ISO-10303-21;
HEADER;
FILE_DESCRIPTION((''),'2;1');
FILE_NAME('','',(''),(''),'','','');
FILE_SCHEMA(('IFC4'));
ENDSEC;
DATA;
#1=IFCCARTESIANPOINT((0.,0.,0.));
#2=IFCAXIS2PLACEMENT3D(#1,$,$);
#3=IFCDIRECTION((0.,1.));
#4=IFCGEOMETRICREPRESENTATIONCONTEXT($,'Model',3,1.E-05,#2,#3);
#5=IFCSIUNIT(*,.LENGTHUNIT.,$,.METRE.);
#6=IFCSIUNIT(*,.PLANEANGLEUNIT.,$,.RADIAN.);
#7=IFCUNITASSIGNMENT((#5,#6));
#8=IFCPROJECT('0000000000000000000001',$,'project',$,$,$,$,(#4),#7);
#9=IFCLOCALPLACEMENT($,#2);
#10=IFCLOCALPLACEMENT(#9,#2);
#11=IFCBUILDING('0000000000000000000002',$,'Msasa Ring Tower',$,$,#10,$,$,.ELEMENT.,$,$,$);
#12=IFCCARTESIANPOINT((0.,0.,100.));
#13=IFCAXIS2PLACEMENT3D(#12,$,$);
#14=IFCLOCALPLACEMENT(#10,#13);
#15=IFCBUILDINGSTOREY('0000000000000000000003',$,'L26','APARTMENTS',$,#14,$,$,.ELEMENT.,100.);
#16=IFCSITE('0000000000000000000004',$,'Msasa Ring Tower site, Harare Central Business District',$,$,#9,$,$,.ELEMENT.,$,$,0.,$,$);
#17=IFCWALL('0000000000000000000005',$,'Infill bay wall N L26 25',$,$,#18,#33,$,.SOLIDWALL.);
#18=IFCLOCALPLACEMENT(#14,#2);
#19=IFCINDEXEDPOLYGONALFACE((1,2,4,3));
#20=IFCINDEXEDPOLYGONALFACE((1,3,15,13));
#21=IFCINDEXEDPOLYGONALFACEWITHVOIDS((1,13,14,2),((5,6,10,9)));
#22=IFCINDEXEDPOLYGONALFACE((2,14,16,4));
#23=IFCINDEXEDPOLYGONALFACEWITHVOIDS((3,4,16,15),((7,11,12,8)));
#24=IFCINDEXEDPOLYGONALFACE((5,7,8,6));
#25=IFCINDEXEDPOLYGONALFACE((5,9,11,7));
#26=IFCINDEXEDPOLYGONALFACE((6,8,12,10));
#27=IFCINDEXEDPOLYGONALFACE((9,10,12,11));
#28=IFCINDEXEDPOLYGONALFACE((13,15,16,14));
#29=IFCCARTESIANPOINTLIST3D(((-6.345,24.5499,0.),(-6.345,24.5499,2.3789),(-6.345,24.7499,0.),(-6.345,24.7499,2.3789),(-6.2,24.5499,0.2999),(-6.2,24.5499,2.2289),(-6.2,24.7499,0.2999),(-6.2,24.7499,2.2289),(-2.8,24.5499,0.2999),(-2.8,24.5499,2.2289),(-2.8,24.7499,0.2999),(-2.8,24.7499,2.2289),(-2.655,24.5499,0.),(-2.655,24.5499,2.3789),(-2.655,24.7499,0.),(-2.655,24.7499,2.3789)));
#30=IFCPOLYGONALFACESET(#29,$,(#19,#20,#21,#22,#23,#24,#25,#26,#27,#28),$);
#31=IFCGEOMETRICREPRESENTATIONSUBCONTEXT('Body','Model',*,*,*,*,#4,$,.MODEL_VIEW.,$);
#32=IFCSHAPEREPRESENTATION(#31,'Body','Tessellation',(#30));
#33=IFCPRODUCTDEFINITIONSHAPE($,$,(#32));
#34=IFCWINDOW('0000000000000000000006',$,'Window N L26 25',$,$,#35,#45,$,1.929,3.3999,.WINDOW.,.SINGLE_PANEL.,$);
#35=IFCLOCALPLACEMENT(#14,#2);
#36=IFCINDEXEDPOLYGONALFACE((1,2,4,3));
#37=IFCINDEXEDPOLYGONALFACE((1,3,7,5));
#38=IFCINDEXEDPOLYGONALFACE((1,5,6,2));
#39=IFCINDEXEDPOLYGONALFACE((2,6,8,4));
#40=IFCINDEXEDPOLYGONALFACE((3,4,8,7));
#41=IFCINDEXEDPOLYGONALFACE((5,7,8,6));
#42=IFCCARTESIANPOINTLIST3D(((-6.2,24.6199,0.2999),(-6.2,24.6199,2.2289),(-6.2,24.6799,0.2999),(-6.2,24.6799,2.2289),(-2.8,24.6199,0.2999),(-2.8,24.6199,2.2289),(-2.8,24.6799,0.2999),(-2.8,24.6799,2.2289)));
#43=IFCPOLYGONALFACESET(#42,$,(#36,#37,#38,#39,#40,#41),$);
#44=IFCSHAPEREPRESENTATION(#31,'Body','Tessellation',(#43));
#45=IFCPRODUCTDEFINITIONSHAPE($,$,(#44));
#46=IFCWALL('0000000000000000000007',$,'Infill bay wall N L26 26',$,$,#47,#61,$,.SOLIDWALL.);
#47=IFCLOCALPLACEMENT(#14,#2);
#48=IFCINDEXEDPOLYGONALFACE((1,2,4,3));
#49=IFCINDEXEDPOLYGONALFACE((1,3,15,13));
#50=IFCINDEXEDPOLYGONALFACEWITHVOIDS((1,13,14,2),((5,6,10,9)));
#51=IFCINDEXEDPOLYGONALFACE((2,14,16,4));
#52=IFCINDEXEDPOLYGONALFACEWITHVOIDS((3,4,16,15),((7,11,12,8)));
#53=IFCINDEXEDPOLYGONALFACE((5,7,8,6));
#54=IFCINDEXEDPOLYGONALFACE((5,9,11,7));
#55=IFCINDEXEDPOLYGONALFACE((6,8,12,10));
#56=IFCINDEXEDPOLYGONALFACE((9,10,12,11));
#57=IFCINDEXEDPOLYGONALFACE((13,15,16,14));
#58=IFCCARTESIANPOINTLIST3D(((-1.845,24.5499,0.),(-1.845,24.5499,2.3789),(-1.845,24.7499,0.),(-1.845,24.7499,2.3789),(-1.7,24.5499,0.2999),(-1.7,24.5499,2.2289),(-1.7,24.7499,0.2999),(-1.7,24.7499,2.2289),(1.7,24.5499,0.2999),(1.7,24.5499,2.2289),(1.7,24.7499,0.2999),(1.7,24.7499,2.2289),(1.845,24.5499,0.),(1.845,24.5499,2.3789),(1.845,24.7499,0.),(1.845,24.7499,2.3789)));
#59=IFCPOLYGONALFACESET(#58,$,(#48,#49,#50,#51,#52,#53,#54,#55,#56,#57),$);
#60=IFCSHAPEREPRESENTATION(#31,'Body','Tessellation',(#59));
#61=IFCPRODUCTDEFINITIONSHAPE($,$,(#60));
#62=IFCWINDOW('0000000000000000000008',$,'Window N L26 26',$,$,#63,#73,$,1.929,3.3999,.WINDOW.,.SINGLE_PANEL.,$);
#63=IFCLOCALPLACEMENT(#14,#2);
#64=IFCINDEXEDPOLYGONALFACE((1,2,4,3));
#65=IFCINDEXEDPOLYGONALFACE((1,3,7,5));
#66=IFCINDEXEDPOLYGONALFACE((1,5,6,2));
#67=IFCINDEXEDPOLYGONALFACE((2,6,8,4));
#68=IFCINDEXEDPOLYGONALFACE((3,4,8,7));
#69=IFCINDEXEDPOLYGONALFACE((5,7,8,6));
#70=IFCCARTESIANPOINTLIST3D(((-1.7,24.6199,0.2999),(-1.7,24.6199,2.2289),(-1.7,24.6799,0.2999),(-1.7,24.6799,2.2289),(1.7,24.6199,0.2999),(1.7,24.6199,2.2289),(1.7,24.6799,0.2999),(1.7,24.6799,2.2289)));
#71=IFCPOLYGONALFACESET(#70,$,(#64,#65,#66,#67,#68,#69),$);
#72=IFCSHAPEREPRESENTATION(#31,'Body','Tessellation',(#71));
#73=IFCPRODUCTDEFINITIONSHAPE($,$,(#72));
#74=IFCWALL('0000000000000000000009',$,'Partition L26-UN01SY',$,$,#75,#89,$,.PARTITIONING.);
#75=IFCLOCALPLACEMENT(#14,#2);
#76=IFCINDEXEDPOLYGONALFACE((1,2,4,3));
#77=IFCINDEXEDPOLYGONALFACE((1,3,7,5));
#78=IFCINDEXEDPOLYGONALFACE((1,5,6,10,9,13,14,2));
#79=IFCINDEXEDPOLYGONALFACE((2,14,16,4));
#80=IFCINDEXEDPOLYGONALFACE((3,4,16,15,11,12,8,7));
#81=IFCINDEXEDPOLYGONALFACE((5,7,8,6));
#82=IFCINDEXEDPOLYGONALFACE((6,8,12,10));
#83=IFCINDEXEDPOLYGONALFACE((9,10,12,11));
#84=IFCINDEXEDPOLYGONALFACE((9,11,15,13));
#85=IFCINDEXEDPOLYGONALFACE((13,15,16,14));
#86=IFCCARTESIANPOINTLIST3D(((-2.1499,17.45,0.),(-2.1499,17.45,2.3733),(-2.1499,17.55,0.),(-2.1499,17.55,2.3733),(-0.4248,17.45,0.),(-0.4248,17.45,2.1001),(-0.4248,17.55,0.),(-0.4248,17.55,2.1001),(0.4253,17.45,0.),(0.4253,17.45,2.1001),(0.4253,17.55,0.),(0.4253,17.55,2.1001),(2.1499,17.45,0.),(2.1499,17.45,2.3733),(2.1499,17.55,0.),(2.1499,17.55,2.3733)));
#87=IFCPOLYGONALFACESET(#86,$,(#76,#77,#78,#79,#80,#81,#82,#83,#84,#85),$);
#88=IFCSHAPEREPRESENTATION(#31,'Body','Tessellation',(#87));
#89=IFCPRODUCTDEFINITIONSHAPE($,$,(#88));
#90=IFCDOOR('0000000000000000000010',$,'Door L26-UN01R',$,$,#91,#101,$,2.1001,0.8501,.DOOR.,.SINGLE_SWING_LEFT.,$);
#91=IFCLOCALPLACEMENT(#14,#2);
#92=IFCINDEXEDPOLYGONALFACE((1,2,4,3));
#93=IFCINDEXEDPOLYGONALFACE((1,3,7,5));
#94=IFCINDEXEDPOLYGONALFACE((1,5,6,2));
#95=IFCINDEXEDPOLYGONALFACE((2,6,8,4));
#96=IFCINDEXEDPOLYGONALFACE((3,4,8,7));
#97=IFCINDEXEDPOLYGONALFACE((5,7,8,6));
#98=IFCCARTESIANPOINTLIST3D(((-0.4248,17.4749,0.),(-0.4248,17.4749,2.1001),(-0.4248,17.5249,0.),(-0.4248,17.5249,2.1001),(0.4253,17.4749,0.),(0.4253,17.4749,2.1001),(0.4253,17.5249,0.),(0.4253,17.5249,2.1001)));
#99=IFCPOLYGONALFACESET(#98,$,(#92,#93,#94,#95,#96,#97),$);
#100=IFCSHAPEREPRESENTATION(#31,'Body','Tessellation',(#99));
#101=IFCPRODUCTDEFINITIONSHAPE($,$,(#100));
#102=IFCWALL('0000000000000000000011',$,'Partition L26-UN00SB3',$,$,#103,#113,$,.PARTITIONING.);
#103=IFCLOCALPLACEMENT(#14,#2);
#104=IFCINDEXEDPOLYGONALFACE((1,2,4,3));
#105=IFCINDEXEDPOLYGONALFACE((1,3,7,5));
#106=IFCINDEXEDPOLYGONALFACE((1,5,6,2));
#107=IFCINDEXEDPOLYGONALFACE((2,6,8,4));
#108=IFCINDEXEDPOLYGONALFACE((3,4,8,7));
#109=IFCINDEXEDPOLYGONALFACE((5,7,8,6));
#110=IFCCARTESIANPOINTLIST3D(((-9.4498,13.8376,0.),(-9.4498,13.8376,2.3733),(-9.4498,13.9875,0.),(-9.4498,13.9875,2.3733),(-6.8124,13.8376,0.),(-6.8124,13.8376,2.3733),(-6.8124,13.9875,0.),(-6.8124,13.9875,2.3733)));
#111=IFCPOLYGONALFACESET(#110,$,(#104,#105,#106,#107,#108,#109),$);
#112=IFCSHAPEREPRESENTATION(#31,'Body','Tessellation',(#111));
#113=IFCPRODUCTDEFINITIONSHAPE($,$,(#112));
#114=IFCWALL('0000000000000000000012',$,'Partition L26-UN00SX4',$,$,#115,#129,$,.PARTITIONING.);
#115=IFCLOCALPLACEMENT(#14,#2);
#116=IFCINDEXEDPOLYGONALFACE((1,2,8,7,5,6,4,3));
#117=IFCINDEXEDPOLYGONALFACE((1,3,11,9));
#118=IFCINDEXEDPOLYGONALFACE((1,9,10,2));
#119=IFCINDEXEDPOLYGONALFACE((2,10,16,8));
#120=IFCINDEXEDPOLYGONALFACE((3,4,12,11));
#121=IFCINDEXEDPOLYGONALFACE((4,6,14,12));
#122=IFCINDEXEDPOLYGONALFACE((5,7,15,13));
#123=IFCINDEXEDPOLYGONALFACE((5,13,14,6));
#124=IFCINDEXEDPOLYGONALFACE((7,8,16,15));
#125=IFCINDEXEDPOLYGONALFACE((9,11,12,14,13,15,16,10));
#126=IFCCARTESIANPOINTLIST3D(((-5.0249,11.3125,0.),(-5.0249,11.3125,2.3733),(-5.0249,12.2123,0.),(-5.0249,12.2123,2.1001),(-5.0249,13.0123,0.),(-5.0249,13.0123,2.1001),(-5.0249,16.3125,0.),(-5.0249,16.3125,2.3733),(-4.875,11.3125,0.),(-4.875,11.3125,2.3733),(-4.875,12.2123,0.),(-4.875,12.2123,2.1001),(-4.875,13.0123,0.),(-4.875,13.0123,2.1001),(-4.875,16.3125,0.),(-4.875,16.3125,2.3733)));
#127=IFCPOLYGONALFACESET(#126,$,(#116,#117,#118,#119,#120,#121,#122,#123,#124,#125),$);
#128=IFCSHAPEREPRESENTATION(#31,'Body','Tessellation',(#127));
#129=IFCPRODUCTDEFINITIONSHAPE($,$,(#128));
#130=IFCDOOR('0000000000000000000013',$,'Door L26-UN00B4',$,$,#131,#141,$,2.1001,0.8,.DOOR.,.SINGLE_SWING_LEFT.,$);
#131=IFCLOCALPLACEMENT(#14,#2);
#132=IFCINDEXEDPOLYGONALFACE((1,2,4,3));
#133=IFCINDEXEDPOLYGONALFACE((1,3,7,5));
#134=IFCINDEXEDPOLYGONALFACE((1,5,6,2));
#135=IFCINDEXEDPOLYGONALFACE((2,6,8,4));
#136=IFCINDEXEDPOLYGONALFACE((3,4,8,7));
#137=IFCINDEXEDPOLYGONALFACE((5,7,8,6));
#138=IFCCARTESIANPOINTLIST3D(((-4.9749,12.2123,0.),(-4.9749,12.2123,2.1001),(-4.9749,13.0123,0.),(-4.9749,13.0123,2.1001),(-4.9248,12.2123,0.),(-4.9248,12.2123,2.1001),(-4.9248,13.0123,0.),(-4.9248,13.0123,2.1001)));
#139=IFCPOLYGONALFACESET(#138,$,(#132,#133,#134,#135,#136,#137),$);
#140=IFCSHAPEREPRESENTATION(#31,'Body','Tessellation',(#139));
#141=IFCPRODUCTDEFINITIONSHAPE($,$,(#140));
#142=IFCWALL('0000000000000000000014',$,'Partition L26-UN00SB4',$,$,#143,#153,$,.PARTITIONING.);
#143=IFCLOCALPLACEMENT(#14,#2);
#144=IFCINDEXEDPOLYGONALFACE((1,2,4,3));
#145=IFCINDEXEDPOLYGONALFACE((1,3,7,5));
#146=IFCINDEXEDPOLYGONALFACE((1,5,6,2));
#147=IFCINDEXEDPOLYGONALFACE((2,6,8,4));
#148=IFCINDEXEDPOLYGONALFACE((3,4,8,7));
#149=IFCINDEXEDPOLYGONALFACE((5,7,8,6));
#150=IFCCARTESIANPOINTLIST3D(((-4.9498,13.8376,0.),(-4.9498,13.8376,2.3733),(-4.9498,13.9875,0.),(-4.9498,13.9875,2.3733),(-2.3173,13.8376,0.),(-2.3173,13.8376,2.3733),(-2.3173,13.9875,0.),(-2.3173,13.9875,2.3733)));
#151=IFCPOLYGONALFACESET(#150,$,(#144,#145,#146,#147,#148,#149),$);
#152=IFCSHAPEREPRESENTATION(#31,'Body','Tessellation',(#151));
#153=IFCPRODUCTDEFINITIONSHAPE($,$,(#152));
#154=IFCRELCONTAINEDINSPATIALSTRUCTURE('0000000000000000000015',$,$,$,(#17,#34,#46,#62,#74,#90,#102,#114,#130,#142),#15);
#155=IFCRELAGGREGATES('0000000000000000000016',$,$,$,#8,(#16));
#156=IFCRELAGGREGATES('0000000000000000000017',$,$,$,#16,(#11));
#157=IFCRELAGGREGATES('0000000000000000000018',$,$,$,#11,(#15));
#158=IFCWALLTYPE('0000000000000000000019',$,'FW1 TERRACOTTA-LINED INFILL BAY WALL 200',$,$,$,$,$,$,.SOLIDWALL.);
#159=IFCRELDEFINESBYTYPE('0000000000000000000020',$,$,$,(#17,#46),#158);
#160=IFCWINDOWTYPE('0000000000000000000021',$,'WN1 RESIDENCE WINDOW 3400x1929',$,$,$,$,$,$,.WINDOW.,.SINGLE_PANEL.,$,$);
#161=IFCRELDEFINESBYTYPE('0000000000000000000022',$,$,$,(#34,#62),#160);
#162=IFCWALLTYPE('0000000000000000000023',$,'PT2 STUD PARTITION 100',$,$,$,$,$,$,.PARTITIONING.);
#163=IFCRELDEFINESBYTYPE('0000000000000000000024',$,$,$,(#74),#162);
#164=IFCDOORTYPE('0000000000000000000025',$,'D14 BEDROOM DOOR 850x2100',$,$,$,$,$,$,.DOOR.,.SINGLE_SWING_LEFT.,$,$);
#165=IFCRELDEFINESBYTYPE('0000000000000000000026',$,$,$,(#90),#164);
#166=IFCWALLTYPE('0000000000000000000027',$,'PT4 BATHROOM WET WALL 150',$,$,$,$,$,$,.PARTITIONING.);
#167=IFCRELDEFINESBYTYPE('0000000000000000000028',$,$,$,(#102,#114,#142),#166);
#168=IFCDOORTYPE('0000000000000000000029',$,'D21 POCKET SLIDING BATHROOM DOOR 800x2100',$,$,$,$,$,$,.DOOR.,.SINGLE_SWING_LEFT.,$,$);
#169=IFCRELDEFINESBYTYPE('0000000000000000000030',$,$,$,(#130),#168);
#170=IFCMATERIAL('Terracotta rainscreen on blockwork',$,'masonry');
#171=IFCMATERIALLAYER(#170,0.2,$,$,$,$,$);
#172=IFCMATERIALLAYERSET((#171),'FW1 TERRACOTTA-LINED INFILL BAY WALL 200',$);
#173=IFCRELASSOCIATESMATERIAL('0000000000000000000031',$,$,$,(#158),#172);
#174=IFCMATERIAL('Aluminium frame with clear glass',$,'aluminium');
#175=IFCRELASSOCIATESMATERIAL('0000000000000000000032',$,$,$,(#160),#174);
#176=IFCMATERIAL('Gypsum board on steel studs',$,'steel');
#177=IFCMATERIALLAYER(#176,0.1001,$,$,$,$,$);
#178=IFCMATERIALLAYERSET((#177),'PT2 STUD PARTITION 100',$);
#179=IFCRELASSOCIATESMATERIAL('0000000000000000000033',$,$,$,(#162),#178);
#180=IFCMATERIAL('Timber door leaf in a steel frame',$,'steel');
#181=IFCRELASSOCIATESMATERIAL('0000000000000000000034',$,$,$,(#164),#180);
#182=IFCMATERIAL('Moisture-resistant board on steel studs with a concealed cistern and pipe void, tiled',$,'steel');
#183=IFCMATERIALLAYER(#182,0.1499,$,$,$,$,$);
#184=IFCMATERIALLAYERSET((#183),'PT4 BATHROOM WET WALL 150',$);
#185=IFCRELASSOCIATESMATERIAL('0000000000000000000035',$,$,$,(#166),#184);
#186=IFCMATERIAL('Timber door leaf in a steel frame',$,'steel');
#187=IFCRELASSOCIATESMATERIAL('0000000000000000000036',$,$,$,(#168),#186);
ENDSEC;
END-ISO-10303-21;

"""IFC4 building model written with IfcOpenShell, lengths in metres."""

from ifc_helpers import new_model, si_unit, direction, frame, frame_2d, origin, place, context, subcontext, project, spatial, rectangle, extrude, material, layer, layer_set, type_object, element, fill, save


model = new_model("IFC4")

# Units and contexts
model_context = context("Model", 3, precision=1e-05, world=origin(), true_north=direction((0.0, 1.0)))
body_context = subcontext(model_context, "Body", "Model", "MODEL_VIEW")
ifc_project = project(units=[si_unit("LENGTHUNIT", "METRE"), si_unit("PLANEANGLEUNIT", "RADIAN")], contexts=[model_context])

# Site, building, storey
site_placement = place(None, origin())
site = spatial("IfcSite", under=ifc_project, at=site_placement, Name="Msasa Ring Tower site, Harare Central Business District", CompositionType="ELEMENT", RefElevation=0.0)
building_placement = place(site_placement, origin())
building = spatial("IfcBuilding", under=site, at=building_placement, Name="Msasa Ring Tower", CompositionType="ELEMENT")
storey_placement = place(building_placement, frame((0.0, 0.0, 100.0)))
storey = spatial("IfcBuildingStorey", under=building, at=storey_placement, Name="L26", Description="APARTMENTS", CompositionType="ELEMENT", Elevation=100.0)

# Walls, openings, windows
ifc_material_1 = material(Name="Terracotta rainscreen on blockwork", Category="masonry")
ifc_layer_1 = layer(ifc_material_1, 0.2)
ifc_layer_set_1 = layer_set([ifc_layer_1], Name="FW1 TERRACOTTA-LINED INFILL BAY WALL 200")
wall_type_1 = type_object("IfcWallType", Name="FW1 TERRACOTTA-LINED INFILL BAY WALL 200", PredefinedType="SOLIDWALL", material=ifc_layer_set_1)
wall_1_placement = place(storey_placement, frame((-6.345, 24.6499, 0.0), z_axis=(0.0, 0.0, 1.0), x_axis=(1.0, 0.0, 0.0)))
wall_1 = element("IfcWall", 1, at=wall_1_placement, inside=storey, type_object=wall_type_1, Name="Infill bay wall N L26 25", PredefinedType="SOLIDWALL", context=body_context, shape_type="SweptSolid", body=[
    extrude(rectangle(XDim=3.6899, YDim=0.2, at=frame_2d((1.845, 0.0))), origin(), (0.0, 0.0, 1.0), 2.3789),
])
opening_1_placement = place(wall_1_placement, frame((0.145, 0.0, 0.3)))
opening_1 = element("IfcOpeningElement", 2, at=opening_1_placement, cuts=wall_1, PredefinedType="OPENING", context=body_context, shape_type="SweptSolid", body=[
    extrude(rectangle(XDim=3.3999, YDim=1.929, at=frame_2d((1.7, 0.9644))), frame((0.0, 0.1099, 0.0), z_axis=(0.0, -1.0, 0.0), x_axis=(1.0, 0.0, 0.0)), (0.0, 0.0, 1.0), 0.22),
])
ifc_material_2 = material(Name="Aluminium frame with clear glass", Category="aluminium")
window_type = type_object("IfcWindowType", Name="WN1 RESIDENCE WINDOW 3400x1929", PartitioningType="SINGLE_PANEL", PredefinedType="WINDOW", material=ifc_material_2)
window_1_placement = place(opening_1_placement, origin())
window_1 = element("IfcWindow", 3, at=window_1_placement, inside=storey, type_object=window_type, Name="Window N L26 25", OverallHeight=1.929, OverallWidth=3.3999, PartitioningType="SINGLE_PANEL", PredefinedType="WINDOW", context=body_context, shape_type="SweptSolid", body=[
    extrude(rectangle(XDim=3.3999, YDim=1.929, at=frame_2d((1.7, 0.9644))), frame((0.0, 0.03, 0.0), z_axis=(0.0, -1.0, 0.0), x_axis=(1.0, 0.0, 0.0)), (0.0, 0.0, 1.0), 0.0601),
])
fill(opening_1, window_1)
wall_2_placement = place(storey_placement, frame((-1.845, 24.6499, 0.0), z_axis=(0.0, 0.0, 1.0), x_axis=(1.0, 0.0, 0.0)))
wall_2 = element("IfcWall", 4, at=wall_2_placement, inside=storey, type_object=wall_type_1, Name="Infill bay wall N L26 26", PredefinedType="SOLIDWALL", context=body_context, shape_type="SweptSolid", body=[
    extrude(rectangle(XDim=3.6899, YDim=0.2, at=frame_2d((1.845, 0.0))), origin(), (0.0, 0.0, 1.0), 2.3789),
])
opening_2_placement = place(wall_2_placement, frame((0.145, 0.0, 0.3)))
opening_2 = element("IfcOpeningElement", 5, at=opening_2_placement, cuts=wall_2, PredefinedType="OPENING", context=body_context, shape_type="SweptSolid", body=[
    extrude(rectangle(XDim=3.3999, YDim=1.929, at=frame_2d((1.7, 0.9644))), frame((0.0, 0.1099, 0.0), z_axis=(0.0, -1.0, 0.0), x_axis=(1.0, 0.0, 0.0)), (0.0, 0.0, 1.0), 0.22),
])
window_2_placement = place(opening_2_placement, origin())
window_2 = element("IfcWindow", 6, at=window_2_placement, inside=storey, type_object=window_type, Name="Window N L26 26", OverallHeight=1.929, OverallWidth=3.3999, PartitioningType="SINGLE_PANEL", PredefinedType="WINDOW", context=body_context, shape_type="SweptSolid", body=[
    extrude(rectangle(XDim=3.3999, YDim=1.929, at=frame_2d((1.7, 0.9644))), frame((0.0, 0.03, 0.0), z_axis=(0.0, -1.0, 0.0), x_axis=(1.0, 0.0, 0.0)), (0.0, 0.0, 1.0), 0.0601),
])
fill(opening_2, window_2)

# Wall, opening, door
ifc_material_3 = material(Name="Gypsum board on steel studs", Category="steel")
ifc_layer_2 = layer(ifc_material_3, 0.1001)
ifc_layer_set_2 = layer_set([ifc_layer_2], Name="PT2 STUD PARTITION 100")
wall_type_2 = type_object("IfcWallType", Name="PT2 STUD PARTITION 100", PredefinedType="PARTITIONING", material=ifc_layer_set_2)
wall_3_placement = place(storey_placement, frame((-2.1499, 17.5, 0.0), z_axis=(0.0, 0.0, 1.0), x_axis=(1.0, 0.0, 0.0)))
wall_3 = element("IfcWall", 7, at=wall_3_placement, inside=storey, type_object=wall_type_2, Name="Partition L26-UN01SY", PredefinedType="PARTITIONING", context=body_context, shape_type="SweptSolid", body=[
    extrude(rectangle(XDim=4.2998, YDim=0.1001, at=frame_2d((2.1499, 0.0))), origin(), (0.0, 0.0, 1.0), 2.3733),
])
opening_3_placement = place(wall_3_placement, frame((1.7251, 0.0, 0.0)))
opening_3 = element("IfcOpeningElement", 8, at=opening_3_placement, cuts=wall_3, PredefinedType="OPENING", context=body_context, shape_type="SweptSolid", body=[
    extrude(rectangle(XDim=0.8501, YDim=2.1001, at=frame_2d((0.425, 1.05))), frame((0.0, 0.0601, 0.0), z_axis=(0.0, -1.0, 0.0), x_axis=(1.0, 0.0, 0.0)), (0.0, 0.0, 1.0), 0.1201),
])
ifc_material_4 = material(Name="Timber door leaf in a steel frame", Category="steel")
door_type_1 = type_object("IfcDoorType", Name="D14 BEDROOM DOOR 850x2100", OperationType="SINGLE_SWING_LEFT", PredefinedType="DOOR", material=ifc_material_4)
door_1_placement = place(opening_3_placement, origin())
door_1 = element("IfcDoor", 9, at=door_1_placement, inside=storey, type_object=door_type_1, Name="Door L26-UN01R", OperationType="SINGLE_SWING_LEFT", OverallHeight=2.1001, OverallWidth=0.8501, PredefinedType="DOOR", context=body_context, shape_type="SweptSolid", body=[
    extrude(rectangle(XDim=0.8501, YDim=2.1001, at=frame_2d((0.425, 1.05))), frame((0.0, 0.0249, 0.0), z_axis=(0.0, -1.0, 0.0), x_axis=(1.0, 0.0, 0.0)), (0.0, 0.0, 1.0), 0.05),
])
fill(opening_3, door_1)

# Wall
ifc_material_5 = material(Name="Moisture-resistant board on steel studs with a concealed cistern and pipe void, tiled", Category="steel")
ifc_layer_3 = layer(ifc_material_5, 0.1499)
ifc_layer_set_3 = layer_set([ifc_layer_3], Name="PT4 BATHROOM WET WALL 150")
wall_type_3 = type_object("IfcWallType", Name="PT4 BATHROOM WET WALL 150", PredefinedType="PARTITIONING", material=ifc_layer_set_3)
wall_4_placement = place(storey_placement, frame((-9.45, 13.9126, 0.0), z_axis=(0.0, 0.0, 1.0), x_axis=(1.0, 0.0, 0.0)))
element("IfcWall", 10, at=wall_4_placement, inside=storey, type_object=wall_type_3, Name="Partition L26-UN00SB3", PredefinedType="PARTITIONING", context=body_context, shape_type="SweptSolid", body=[
    extrude(rectangle(XDim=2.6375, YDim=0.1499, at=frame_2d((1.3188, 0.0))), origin(), (0.0, 0.0, 1.0), 2.3733),
])

# Wall, opening, door
wall_5_placement = place(storey_placement, frame((-4.95, 11.3125, 0.0), z_axis=(0.0, 0.0, 1.0), x_axis=(0.0, 1.0, 0.0)))
wall_5 = element("IfcWall", 11, at=wall_5_placement, inside=storey, type_object=wall_type_3, Name="Partition L26-UN00SX4", PredefinedType="PARTITIONING", context=body_context, shape_type="SweptSolid", body=[
    extrude(rectangle(XDim=5.0, YDim=0.1499, at=frame_2d((2.5, 0.0))), origin(), (0.0, 0.0, 1.0), 2.3733),
])
opening_4_placement = place(wall_5_placement, frame((0.8999, 0.0, 0.0)))
opening_4 = element("IfcOpeningElement", 12, at=opening_4_placement, cuts=wall_5, PredefinedType="OPENING", context=body_context, shape_type="SweptSolid", body=[
    extrude(rectangle(XDim=0.8, YDim=2.1001, at=frame_2d((0.3999, 1.05))), frame((0.0, 0.085, 0.0), z_axis=(0.0, -1.0, 0.0), x_axis=(1.0, 0.0, 0.0)), (0.0, 0.0, 1.0), 0.1699),
])
ifc_material_6 = material(Name="Timber door leaf in a steel frame", Category="steel")
door_type_2 = type_object("IfcDoorType", Name="D21 POCKET SLIDING BATHROOM DOOR 800x2100", OperationType="SINGLE_SWING_LEFT", PredefinedType="DOOR", material=ifc_material_6)
door_2_placement = place(opening_4_placement, origin())
door_2 = element("IfcDoor", 13, at=door_2_placement, inside=storey, type_object=door_type_2, Name="Door L26-UN00B4", OperationType="SINGLE_SWING_LEFT", OverallHeight=2.1001, OverallWidth=0.8, PredefinedType="DOOR", context=body_context, shape_type="SweptSolid", body=[
    extrude(rectangle(XDim=0.8, YDim=2.1001, at=frame_2d((0.3999, 1.05))), frame((0.0, 0.0249, 0.0), z_axis=(0.0, -1.0, 0.0), x_axis=(1.0, 0.0, 0.0)), (0.0, 0.0, 1.0), 0.05),
])
fill(opening_4, door_2)

# Wall
wall_6_placement = place(storey_placement, frame((-4.95, 13.9126, 0.0), z_axis=(0.0, 0.0, 1.0), x_axis=(1.0, 0.0, 0.0)))
element("IfcWall", 14, at=wall_6_placement, inside=storey, type_object=wall_type_3, Name="Partition L26-UN00SB4", PredefinedType="PARTITIONING", context=body_context, shape_type="SweptSolid", body=[
    extrude(rectangle(XDim=2.6326, YDim=0.1499, at=frame_2d((1.3164, 0.0))), origin(), (0.0, 0.0, 1.0), 2.3733),
])

save(model, "model.ifc")
